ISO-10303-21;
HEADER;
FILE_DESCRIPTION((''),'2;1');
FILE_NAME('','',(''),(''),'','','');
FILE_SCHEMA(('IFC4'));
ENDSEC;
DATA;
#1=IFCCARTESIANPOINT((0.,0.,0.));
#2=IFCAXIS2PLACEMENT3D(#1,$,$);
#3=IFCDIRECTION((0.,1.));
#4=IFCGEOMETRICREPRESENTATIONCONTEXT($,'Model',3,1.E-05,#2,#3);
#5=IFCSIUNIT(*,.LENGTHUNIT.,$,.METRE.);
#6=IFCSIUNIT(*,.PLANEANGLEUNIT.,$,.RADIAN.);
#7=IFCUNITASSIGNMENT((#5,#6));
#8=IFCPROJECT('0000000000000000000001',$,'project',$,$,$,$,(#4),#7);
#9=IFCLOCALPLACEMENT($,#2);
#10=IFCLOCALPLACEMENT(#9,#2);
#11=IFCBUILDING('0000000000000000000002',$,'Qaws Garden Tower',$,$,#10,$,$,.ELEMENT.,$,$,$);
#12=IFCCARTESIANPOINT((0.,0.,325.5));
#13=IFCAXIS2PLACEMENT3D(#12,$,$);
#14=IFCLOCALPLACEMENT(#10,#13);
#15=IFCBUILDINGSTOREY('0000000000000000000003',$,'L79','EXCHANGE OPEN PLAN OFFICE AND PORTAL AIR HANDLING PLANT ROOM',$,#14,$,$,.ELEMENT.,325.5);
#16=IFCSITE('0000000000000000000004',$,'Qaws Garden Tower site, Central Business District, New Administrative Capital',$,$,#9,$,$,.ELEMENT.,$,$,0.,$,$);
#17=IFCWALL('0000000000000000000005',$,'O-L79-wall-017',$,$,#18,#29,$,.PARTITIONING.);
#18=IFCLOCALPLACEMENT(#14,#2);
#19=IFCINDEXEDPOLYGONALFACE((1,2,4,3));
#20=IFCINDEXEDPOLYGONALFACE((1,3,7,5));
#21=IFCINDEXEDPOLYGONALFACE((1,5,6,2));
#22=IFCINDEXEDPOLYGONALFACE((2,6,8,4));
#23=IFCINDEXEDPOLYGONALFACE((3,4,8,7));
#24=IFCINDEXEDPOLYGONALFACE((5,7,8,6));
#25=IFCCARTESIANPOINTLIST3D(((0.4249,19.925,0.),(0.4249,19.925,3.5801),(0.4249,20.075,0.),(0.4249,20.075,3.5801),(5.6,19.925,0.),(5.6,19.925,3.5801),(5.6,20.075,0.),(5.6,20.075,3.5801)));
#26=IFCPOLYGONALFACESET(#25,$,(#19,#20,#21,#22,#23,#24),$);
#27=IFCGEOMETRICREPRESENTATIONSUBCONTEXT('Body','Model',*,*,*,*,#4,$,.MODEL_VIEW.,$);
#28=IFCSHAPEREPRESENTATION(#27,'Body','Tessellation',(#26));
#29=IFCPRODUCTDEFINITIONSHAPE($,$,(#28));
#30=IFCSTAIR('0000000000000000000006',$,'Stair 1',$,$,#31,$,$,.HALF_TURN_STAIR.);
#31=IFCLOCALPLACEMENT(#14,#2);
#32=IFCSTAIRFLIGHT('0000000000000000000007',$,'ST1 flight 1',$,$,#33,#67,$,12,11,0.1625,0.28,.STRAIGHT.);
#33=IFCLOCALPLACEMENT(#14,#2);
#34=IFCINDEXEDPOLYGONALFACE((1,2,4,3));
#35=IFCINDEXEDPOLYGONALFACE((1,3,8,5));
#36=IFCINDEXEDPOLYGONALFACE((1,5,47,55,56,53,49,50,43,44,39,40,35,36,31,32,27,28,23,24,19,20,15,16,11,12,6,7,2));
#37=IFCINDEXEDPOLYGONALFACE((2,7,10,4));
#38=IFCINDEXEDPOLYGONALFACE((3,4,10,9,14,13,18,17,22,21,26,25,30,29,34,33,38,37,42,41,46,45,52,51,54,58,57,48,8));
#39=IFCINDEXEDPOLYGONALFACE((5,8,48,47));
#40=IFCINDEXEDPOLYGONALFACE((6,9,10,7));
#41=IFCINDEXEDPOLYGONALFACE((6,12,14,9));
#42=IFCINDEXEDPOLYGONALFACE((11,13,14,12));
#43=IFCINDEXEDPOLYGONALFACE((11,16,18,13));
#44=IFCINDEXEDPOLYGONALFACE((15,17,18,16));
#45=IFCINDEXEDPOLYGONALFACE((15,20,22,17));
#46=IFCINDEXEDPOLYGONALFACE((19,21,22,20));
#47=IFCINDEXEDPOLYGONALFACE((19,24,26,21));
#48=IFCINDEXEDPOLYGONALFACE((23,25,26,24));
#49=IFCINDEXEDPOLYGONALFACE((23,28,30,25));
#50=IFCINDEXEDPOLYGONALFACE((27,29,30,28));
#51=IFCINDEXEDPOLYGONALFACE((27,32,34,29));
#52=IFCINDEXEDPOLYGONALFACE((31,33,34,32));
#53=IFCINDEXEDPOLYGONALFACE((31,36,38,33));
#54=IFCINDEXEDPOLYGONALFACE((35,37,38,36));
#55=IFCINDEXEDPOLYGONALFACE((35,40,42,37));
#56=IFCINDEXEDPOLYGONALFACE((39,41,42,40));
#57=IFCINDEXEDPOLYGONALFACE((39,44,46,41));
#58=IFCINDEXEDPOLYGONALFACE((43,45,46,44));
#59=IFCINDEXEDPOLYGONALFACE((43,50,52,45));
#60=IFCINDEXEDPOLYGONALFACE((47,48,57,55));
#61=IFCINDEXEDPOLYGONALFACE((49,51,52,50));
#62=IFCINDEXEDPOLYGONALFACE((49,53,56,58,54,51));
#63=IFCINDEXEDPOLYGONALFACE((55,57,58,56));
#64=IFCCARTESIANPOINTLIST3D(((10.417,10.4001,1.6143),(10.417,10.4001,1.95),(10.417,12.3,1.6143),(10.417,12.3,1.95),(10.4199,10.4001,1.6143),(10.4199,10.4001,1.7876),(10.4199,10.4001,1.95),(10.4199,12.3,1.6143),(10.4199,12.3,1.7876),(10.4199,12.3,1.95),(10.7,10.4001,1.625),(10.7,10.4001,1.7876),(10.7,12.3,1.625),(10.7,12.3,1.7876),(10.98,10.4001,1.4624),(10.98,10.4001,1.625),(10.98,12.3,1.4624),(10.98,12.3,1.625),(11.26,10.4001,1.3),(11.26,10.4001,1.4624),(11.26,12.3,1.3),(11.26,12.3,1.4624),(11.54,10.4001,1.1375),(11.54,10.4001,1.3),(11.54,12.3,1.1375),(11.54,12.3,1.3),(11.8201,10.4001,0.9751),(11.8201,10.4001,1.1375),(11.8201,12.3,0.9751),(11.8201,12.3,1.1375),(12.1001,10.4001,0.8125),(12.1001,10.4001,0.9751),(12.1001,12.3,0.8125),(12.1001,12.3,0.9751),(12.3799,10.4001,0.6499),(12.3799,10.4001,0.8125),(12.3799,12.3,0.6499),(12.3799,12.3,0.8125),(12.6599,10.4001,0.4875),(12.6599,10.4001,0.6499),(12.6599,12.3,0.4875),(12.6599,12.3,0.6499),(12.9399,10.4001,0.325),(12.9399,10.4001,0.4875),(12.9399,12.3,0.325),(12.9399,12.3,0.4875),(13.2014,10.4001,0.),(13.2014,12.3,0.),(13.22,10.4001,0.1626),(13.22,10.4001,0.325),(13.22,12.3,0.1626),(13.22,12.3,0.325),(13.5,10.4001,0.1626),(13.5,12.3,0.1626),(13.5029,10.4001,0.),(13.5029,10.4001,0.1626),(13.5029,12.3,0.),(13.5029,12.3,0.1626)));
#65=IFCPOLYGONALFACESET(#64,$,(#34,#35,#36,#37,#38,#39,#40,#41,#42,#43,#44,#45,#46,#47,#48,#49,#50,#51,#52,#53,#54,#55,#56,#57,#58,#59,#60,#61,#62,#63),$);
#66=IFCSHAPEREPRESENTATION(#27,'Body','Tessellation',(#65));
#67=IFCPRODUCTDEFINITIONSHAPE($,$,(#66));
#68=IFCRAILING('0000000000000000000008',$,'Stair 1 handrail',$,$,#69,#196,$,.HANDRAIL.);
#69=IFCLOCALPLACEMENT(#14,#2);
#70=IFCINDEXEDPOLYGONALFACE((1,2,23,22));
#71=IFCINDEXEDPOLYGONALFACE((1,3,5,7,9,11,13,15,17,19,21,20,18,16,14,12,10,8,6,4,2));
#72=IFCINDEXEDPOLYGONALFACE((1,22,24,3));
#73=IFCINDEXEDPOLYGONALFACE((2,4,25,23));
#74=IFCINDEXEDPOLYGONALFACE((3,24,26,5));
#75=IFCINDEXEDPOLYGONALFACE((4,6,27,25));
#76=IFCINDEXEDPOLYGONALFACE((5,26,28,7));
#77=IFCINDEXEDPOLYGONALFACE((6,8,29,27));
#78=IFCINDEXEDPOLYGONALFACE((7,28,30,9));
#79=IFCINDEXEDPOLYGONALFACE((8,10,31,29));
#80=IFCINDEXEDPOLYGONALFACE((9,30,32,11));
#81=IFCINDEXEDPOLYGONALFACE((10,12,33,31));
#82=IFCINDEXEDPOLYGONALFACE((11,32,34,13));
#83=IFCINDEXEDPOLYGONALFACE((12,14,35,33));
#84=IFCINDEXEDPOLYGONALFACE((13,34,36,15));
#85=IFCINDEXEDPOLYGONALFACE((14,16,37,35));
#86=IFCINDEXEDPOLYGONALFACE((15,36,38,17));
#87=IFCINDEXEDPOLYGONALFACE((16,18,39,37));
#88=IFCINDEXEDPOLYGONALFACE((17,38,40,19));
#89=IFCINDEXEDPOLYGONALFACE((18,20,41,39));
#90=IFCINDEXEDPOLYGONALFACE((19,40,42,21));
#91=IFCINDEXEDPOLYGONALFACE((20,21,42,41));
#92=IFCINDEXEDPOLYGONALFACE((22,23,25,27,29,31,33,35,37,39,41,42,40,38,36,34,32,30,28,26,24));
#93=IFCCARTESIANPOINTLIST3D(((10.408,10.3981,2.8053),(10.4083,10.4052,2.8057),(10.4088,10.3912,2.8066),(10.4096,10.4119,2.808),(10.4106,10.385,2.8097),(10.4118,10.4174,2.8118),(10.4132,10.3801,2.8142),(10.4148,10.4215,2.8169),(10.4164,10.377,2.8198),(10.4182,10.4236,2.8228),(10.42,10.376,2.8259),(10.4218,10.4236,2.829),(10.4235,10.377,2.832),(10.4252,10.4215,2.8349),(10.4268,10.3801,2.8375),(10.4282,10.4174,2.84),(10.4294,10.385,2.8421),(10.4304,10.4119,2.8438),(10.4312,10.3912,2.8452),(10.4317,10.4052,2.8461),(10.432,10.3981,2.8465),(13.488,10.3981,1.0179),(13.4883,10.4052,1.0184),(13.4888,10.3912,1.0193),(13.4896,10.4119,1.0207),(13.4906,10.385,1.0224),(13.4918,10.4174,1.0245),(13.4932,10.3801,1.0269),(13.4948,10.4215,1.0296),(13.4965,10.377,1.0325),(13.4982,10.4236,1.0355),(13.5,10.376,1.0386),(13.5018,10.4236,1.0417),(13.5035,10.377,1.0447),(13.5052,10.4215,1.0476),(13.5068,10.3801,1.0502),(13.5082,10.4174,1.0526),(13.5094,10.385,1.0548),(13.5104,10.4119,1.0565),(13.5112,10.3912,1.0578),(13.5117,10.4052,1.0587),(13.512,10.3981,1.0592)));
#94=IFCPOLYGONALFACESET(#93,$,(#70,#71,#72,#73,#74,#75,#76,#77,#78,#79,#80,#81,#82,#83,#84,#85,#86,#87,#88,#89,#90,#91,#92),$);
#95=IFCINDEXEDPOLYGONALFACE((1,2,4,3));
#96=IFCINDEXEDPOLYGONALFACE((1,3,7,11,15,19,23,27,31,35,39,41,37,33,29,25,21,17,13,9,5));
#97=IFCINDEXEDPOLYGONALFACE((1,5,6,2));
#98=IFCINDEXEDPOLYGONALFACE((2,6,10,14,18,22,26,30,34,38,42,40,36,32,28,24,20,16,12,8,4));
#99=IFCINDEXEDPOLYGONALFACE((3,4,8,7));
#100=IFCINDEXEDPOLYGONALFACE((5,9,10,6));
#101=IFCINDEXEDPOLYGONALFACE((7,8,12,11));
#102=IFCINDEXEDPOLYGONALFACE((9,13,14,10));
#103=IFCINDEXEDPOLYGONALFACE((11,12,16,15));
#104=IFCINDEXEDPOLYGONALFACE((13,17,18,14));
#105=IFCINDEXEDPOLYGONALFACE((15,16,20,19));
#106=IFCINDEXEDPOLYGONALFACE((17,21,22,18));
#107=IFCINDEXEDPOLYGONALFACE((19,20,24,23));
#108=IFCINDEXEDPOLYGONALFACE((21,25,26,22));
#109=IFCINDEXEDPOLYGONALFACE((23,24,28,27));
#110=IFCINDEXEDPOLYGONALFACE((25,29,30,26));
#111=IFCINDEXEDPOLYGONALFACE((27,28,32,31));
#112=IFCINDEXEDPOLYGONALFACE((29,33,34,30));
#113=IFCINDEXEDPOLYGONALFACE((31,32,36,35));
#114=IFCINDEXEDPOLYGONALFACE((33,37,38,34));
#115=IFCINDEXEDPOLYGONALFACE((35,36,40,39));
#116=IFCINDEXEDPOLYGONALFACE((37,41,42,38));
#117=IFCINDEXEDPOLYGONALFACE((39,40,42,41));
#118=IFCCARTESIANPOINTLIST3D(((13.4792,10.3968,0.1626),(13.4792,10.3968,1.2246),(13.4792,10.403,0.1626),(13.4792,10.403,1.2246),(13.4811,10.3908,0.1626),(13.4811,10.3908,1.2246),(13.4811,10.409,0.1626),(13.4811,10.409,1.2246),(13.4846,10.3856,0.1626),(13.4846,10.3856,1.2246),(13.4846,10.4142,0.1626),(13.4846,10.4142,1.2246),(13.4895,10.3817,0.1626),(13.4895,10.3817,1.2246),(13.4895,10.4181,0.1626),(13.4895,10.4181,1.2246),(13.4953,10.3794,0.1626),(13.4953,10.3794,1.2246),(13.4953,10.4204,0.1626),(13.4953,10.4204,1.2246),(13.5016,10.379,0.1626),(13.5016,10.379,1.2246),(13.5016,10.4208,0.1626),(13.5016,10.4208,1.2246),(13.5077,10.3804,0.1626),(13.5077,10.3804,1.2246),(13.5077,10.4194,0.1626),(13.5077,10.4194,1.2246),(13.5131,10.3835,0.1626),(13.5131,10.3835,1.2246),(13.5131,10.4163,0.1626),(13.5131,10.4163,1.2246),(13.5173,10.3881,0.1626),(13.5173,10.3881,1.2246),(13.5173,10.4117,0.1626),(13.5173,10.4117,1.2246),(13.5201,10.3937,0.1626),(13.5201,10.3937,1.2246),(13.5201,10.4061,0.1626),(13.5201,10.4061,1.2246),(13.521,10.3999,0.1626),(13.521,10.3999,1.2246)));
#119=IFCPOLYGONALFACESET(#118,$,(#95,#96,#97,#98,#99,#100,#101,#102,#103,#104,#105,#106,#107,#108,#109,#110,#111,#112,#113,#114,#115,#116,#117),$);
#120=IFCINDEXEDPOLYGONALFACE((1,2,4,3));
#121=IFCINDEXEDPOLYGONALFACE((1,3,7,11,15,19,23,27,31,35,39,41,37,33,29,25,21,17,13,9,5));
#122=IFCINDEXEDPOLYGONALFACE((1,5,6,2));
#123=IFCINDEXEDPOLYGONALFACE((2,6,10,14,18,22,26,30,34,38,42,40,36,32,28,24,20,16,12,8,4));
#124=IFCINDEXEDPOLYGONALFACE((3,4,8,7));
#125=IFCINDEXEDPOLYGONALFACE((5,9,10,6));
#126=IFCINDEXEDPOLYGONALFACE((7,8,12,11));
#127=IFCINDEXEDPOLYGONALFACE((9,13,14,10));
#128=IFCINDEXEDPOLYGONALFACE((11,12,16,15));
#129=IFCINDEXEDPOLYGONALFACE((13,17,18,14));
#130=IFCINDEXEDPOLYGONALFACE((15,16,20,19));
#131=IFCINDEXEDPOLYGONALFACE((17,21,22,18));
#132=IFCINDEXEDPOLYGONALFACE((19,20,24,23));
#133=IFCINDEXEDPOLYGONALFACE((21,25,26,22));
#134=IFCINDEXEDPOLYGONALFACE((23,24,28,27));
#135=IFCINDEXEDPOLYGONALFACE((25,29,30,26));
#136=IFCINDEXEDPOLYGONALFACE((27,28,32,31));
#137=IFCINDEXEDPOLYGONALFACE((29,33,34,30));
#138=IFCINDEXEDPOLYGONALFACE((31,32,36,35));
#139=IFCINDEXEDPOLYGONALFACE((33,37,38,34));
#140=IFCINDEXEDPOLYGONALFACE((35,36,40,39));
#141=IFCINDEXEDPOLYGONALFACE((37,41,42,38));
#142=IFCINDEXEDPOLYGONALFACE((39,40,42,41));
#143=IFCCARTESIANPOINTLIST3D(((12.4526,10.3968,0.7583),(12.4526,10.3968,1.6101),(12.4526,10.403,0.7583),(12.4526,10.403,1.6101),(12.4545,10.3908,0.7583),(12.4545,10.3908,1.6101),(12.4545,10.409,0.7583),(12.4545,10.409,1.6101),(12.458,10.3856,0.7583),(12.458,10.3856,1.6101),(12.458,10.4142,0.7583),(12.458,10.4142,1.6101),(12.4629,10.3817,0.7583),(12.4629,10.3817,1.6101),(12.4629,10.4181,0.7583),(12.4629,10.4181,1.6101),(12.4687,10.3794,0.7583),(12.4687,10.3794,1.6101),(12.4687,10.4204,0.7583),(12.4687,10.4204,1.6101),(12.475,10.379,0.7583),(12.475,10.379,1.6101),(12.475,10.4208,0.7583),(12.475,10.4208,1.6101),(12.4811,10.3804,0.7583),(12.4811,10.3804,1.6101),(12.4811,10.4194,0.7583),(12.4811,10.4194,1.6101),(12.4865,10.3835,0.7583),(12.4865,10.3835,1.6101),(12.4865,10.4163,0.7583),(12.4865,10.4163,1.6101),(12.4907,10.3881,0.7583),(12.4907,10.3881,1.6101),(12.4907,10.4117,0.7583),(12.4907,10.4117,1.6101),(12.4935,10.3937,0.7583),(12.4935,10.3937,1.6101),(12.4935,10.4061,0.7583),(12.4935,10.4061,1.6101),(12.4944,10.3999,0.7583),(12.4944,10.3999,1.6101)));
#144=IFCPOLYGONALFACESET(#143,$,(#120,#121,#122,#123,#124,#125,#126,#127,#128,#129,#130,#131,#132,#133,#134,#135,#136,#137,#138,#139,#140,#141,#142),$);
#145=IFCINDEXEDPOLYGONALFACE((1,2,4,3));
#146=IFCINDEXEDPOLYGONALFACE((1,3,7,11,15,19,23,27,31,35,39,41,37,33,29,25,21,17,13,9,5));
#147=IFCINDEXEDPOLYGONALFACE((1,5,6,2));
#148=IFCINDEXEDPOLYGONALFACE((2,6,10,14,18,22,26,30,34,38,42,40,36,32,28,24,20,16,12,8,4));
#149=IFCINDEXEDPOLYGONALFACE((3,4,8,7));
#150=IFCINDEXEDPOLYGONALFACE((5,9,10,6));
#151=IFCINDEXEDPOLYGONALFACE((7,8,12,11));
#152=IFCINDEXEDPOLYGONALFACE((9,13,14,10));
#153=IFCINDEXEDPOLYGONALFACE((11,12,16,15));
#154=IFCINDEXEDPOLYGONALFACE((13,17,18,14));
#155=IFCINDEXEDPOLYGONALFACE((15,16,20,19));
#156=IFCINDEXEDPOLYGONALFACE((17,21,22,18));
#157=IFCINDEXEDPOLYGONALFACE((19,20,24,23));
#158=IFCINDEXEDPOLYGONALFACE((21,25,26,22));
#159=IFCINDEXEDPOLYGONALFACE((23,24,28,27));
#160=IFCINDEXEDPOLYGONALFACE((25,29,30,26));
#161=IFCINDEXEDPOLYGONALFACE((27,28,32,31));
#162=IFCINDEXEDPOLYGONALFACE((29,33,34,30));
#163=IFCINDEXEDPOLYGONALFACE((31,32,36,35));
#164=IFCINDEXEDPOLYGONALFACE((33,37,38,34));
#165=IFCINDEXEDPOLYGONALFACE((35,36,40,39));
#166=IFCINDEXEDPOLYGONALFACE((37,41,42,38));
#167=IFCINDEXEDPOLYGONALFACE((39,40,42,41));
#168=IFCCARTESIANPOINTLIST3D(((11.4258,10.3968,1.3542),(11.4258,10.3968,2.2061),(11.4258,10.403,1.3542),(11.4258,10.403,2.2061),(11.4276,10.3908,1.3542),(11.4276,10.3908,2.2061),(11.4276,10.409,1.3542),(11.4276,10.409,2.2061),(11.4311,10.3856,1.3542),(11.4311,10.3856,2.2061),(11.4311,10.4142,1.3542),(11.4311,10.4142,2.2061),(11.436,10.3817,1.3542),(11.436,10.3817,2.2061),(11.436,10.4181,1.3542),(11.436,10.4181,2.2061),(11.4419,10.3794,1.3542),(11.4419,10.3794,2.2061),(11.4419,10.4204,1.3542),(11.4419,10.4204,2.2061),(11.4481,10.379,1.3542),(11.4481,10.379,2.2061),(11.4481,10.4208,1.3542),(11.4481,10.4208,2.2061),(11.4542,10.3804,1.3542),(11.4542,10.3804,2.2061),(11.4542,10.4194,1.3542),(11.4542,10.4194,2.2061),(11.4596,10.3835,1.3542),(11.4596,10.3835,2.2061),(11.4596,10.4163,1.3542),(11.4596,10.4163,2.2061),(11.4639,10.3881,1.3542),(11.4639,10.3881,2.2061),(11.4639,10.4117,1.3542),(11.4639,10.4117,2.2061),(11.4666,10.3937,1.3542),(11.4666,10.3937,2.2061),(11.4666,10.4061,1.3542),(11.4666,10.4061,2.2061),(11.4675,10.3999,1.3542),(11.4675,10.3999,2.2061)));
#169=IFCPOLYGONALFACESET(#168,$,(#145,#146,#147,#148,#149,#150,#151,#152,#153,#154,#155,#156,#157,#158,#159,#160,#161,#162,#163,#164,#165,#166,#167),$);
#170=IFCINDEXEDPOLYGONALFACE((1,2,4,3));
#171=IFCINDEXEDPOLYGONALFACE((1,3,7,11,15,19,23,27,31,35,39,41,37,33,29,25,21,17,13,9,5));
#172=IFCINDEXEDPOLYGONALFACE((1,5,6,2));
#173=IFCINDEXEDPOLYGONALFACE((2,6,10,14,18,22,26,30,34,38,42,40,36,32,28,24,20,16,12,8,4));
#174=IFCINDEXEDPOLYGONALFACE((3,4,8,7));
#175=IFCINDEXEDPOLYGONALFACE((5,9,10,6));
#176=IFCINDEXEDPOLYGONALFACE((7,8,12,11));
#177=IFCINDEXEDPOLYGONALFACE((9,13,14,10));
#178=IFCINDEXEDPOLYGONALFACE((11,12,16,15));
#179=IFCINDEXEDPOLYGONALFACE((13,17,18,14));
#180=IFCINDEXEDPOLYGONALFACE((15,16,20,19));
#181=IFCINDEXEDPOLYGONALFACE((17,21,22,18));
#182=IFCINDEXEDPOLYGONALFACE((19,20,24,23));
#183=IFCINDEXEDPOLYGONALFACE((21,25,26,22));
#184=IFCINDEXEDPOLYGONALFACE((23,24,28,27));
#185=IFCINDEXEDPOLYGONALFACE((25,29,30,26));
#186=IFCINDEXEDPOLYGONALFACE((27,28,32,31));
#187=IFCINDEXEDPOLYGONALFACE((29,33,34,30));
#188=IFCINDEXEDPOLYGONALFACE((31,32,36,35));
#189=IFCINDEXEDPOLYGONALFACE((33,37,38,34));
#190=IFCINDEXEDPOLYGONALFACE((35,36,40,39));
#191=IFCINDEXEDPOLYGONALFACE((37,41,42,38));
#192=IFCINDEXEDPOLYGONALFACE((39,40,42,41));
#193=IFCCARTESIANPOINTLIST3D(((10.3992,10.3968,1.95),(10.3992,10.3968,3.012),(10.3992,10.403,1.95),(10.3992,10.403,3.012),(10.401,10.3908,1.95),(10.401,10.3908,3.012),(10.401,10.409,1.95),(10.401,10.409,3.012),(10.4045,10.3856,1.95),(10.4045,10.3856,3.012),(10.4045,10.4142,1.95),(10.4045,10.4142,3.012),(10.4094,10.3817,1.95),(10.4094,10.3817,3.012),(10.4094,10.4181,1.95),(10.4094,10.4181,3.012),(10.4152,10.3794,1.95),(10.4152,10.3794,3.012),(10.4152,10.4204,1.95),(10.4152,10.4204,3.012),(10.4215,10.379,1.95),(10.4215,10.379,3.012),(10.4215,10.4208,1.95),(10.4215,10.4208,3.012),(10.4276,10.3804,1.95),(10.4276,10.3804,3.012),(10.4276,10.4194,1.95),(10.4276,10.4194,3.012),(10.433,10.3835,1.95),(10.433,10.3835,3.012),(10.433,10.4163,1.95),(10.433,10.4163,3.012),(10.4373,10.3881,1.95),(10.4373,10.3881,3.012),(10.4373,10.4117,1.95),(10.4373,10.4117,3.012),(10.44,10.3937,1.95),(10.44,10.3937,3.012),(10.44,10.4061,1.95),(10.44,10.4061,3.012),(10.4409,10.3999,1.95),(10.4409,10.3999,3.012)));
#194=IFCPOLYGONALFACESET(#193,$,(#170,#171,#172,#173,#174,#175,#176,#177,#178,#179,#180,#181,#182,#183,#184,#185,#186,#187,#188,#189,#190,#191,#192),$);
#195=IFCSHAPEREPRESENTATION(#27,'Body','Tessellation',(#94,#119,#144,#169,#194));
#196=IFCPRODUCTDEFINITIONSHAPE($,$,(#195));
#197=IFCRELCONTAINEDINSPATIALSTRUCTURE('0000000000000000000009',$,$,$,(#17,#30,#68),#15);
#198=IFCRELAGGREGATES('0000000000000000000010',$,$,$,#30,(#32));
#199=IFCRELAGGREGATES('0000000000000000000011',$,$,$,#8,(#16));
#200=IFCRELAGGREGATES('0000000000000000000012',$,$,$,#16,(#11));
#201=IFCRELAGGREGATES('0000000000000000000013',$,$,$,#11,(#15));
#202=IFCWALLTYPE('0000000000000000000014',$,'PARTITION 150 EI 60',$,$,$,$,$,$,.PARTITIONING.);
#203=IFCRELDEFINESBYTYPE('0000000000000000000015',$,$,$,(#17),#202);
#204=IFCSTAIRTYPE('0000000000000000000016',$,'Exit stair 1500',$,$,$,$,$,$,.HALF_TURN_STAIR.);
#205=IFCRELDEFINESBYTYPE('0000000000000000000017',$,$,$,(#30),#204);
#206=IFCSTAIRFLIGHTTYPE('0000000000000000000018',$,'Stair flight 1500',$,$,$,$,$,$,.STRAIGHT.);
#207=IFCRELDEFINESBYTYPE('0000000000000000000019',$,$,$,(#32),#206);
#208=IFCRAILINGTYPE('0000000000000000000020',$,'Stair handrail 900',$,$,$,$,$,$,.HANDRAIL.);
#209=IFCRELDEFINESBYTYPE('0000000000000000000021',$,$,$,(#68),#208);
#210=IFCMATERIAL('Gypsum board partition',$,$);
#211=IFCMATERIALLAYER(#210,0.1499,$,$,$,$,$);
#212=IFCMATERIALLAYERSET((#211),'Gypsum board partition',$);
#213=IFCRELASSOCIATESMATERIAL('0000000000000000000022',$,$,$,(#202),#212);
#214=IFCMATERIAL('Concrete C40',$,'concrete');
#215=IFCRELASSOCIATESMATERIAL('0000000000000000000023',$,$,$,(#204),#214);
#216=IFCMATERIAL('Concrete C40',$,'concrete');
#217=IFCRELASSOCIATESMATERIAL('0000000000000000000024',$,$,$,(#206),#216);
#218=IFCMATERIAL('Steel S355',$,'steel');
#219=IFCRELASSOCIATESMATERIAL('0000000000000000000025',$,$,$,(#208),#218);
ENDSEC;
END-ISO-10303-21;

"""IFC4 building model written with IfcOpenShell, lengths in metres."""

from ifc_helpers import new_model, si_unit, direction, frame, frame_2d, origin, origin_2d, place, context, subcontext, project, spatial, polyline, rectangle, circle, outline, extrude, material, layer, layer_set, type_object, element, aggregate, save


model = new_model("IFC4")

# Units and contexts
model_context = context("Model", 3, precision=1e-05, world=origin(), true_north=direction((0.0, 1.0)))
body_context = subcontext(model_context, "Body", "Model", "MODEL_VIEW")
ifc_project = project(units=[si_unit("LENGTHUNIT", "METRE"), si_unit("PLANEANGLEUNIT", "RADIAN")], contexts=[model_context])

# Site, building, storey
site_placement = place(None, origin())
site = spatial("IfcSite", under=ifc_project, at=site_placement, Name="Qaws Garden Tower site, Central Business District, New Administrative Capital", CompositionType="ELEMENT", RefElevation=0.0)
building_placement = place(site_placement, origin())
building = spatial("IfcBuilding", under=site, at=building_placement, Name="Qaws Garden Tower", CompositionType="ELEMENT")
storey_placement = place(building_placement, frame((0.0, 0.0, 325.5)))
storey = spatial("IfcBuildingStorey", under=building, at=storey_placement, Name="L79", Description="EXCHANGE OPEN PLAN OFFICE AND PORTAL AIR HANDLING PLANT ROOM", CompositionType="ELEMENT", Elevation=325.5)

# Shared definitions
ifc_material_1 = material(Name="Gypsum board partition")
ifc_layer_1 = layer(ifc_material_1, 0.1499)
ifc_layer_set_1 = layer_set([ifc_layer_1], Name="Gypsum board partition")
wall_type_1 = type_object("IfcWallType", Name="PARTITION 150 EI 60", PredefinedType="PARTITIONING", material=ifc_layer_set_1)

# Wall
wall_1_placement = place(storey_placement, frame((0.425, 20.0, 0.0), z_axis=(0.0, 0.0, 1.0), x_axis=(1.0, 0.0, 0.0)))
element("IfcWall", 1, at=wall_1_placement, inside=storey, type_object=wall_type_1, Name="O-L79-wall-017", PredefinedType="PARTITIONING", context=body_context, shape_type="SweptSolid", body=[
    extrude(rectangle(XDim=5.175, YDim=0.1499, at=frame_2d((2.5874, 0.0))), origin(), (0.0, 0.0, 1.0), 3.5801),
])

# Stair, stair flight
ifc_material_2 = material(Name="Concrete C40", Category="concrete")
stair_type = type_object("IfcStairType", Name="Exit stair 1500", PredefinedType="HALF_TURN_STAIR", material=ifc_material_2)
stair_placement = place(storey_placement, origin())
stair = element("IfcStair", 2, at=stair_placement, inside=storey, type_object=stair_type, Name="Stair 1", PredefinedType="HALF_TURN_STAIR")
ifc_material_3 = material(Name="Concrete C40", Category="concrete")
stair_flight_type = type_object("IfcStairFlightType", Name="Stair flight 1500", PredefinedType="STRAIGHT", material=ifc_material_3)
stair_flight_placement = place(storey_placement, frame((13.5, 11.3501, 0.0), z_axis=(0.0, 0.0, 1.0), x_axis=(-1.0, 0.0, 0.0)))
stair_flight = element("IfcStairFlight", 3, at=stair_flight_placement, type_object=stair_flight_type, Name="ST1 flight 1", NumberOfRisers=12, NumberOfTreads=11, PredefinedType="STRAIGHT", RiserHeight=0.1625, TreadLength=0.28, context=body_context, shape_type="SweptSolid", body=[
    extrude(outline(polyline([(-0.0029, 0.0), (-0.0029, 0.1626), (0.0, 0.1626), (0.28, 0.1626), (0.28, 0.325), (0.5601, 0.325), (0.5601, 0.4875), (0.8401, 0.4875), (0.8401, 0.6499), (1.1201, 0.6499), (1.1201, 0.8125), (1.3999, 0.8125), (1.3999, 0.9751), (1.6799, 0.9751), (1.6799, 1.1375), (1.96, 1.1375), (1.96, 1.3), (2.24, 1.3), (2.24, 1.4624), (2.52, 1.4624), (2.52, 1.625), (2.8, 1.625), (2.8, 1.7876), (3.0801, 1.7876), (3.0801, 1.95), (3.083, 1.95), (3.083, 1.6143), (3.0801, 1.6143), (0.2986, 0.0), (-0.0029, 0.0)])), frame((0.0, 0.95, 0.0), z_axis=(0.0, -1.0, 0.0), x_axis=(1.0, 0.0, 0.0)), (0.0, 0.0, 1.0), 1.8999),
])
aggregate(stair, [stair_flight])

# Railing
ifc_material_4 = material(Name="Steel S355", Category="steel")
railing_type = type_object("IfcRailingType", Name="Stair handrail 900", PredefinedType="HANDRAIL", material=ifc_material_4)
railing_1_placement = place(storey_placement, frame((13.5, 10.3999, 0.1626)))
element("IfcRailing", 4, at=railing_1_placement, inside=storey, type_object=railing_type, Name="Stair 1 handrail", PredefinedType="HANDRAIL", context=body_context, shape_type="SweptSolid", body=[
    extrude(circle(Radius=0.0239, at=origin_2d()), frame((0.0, 0.0, 0.876), z_axis=(-0.86492, 0.0, 0.501909), x_axis=(0.0, -1.0, 0.0)), (0.0, 0.0, 1.0), 3.561),
    extrude(circle(Radius=0.021, at=origin_2d()), origin(), (0.0, 0.0, 1.0), 1.062),
    extrude(circle(Radius=0.021, at=origin_2d()), frame((-1.0266, 0.0, 0.5957)), (0.0, 0.0, 1.0), 0.8518),
    extrude(circle(Radius=0.021, at=origin_2d()), frame((-2.0535, 0.0, 1.1917)), (0.0, 0.0, 1.0), 0.8518),
    extrude(circle(Radius=0.021, at=origin_2d()), frame((-3.0801, 0.0, 1.7874)), (0.0, 0.0, 1.0), 1.062),
])

save(model, "model.ifc")
